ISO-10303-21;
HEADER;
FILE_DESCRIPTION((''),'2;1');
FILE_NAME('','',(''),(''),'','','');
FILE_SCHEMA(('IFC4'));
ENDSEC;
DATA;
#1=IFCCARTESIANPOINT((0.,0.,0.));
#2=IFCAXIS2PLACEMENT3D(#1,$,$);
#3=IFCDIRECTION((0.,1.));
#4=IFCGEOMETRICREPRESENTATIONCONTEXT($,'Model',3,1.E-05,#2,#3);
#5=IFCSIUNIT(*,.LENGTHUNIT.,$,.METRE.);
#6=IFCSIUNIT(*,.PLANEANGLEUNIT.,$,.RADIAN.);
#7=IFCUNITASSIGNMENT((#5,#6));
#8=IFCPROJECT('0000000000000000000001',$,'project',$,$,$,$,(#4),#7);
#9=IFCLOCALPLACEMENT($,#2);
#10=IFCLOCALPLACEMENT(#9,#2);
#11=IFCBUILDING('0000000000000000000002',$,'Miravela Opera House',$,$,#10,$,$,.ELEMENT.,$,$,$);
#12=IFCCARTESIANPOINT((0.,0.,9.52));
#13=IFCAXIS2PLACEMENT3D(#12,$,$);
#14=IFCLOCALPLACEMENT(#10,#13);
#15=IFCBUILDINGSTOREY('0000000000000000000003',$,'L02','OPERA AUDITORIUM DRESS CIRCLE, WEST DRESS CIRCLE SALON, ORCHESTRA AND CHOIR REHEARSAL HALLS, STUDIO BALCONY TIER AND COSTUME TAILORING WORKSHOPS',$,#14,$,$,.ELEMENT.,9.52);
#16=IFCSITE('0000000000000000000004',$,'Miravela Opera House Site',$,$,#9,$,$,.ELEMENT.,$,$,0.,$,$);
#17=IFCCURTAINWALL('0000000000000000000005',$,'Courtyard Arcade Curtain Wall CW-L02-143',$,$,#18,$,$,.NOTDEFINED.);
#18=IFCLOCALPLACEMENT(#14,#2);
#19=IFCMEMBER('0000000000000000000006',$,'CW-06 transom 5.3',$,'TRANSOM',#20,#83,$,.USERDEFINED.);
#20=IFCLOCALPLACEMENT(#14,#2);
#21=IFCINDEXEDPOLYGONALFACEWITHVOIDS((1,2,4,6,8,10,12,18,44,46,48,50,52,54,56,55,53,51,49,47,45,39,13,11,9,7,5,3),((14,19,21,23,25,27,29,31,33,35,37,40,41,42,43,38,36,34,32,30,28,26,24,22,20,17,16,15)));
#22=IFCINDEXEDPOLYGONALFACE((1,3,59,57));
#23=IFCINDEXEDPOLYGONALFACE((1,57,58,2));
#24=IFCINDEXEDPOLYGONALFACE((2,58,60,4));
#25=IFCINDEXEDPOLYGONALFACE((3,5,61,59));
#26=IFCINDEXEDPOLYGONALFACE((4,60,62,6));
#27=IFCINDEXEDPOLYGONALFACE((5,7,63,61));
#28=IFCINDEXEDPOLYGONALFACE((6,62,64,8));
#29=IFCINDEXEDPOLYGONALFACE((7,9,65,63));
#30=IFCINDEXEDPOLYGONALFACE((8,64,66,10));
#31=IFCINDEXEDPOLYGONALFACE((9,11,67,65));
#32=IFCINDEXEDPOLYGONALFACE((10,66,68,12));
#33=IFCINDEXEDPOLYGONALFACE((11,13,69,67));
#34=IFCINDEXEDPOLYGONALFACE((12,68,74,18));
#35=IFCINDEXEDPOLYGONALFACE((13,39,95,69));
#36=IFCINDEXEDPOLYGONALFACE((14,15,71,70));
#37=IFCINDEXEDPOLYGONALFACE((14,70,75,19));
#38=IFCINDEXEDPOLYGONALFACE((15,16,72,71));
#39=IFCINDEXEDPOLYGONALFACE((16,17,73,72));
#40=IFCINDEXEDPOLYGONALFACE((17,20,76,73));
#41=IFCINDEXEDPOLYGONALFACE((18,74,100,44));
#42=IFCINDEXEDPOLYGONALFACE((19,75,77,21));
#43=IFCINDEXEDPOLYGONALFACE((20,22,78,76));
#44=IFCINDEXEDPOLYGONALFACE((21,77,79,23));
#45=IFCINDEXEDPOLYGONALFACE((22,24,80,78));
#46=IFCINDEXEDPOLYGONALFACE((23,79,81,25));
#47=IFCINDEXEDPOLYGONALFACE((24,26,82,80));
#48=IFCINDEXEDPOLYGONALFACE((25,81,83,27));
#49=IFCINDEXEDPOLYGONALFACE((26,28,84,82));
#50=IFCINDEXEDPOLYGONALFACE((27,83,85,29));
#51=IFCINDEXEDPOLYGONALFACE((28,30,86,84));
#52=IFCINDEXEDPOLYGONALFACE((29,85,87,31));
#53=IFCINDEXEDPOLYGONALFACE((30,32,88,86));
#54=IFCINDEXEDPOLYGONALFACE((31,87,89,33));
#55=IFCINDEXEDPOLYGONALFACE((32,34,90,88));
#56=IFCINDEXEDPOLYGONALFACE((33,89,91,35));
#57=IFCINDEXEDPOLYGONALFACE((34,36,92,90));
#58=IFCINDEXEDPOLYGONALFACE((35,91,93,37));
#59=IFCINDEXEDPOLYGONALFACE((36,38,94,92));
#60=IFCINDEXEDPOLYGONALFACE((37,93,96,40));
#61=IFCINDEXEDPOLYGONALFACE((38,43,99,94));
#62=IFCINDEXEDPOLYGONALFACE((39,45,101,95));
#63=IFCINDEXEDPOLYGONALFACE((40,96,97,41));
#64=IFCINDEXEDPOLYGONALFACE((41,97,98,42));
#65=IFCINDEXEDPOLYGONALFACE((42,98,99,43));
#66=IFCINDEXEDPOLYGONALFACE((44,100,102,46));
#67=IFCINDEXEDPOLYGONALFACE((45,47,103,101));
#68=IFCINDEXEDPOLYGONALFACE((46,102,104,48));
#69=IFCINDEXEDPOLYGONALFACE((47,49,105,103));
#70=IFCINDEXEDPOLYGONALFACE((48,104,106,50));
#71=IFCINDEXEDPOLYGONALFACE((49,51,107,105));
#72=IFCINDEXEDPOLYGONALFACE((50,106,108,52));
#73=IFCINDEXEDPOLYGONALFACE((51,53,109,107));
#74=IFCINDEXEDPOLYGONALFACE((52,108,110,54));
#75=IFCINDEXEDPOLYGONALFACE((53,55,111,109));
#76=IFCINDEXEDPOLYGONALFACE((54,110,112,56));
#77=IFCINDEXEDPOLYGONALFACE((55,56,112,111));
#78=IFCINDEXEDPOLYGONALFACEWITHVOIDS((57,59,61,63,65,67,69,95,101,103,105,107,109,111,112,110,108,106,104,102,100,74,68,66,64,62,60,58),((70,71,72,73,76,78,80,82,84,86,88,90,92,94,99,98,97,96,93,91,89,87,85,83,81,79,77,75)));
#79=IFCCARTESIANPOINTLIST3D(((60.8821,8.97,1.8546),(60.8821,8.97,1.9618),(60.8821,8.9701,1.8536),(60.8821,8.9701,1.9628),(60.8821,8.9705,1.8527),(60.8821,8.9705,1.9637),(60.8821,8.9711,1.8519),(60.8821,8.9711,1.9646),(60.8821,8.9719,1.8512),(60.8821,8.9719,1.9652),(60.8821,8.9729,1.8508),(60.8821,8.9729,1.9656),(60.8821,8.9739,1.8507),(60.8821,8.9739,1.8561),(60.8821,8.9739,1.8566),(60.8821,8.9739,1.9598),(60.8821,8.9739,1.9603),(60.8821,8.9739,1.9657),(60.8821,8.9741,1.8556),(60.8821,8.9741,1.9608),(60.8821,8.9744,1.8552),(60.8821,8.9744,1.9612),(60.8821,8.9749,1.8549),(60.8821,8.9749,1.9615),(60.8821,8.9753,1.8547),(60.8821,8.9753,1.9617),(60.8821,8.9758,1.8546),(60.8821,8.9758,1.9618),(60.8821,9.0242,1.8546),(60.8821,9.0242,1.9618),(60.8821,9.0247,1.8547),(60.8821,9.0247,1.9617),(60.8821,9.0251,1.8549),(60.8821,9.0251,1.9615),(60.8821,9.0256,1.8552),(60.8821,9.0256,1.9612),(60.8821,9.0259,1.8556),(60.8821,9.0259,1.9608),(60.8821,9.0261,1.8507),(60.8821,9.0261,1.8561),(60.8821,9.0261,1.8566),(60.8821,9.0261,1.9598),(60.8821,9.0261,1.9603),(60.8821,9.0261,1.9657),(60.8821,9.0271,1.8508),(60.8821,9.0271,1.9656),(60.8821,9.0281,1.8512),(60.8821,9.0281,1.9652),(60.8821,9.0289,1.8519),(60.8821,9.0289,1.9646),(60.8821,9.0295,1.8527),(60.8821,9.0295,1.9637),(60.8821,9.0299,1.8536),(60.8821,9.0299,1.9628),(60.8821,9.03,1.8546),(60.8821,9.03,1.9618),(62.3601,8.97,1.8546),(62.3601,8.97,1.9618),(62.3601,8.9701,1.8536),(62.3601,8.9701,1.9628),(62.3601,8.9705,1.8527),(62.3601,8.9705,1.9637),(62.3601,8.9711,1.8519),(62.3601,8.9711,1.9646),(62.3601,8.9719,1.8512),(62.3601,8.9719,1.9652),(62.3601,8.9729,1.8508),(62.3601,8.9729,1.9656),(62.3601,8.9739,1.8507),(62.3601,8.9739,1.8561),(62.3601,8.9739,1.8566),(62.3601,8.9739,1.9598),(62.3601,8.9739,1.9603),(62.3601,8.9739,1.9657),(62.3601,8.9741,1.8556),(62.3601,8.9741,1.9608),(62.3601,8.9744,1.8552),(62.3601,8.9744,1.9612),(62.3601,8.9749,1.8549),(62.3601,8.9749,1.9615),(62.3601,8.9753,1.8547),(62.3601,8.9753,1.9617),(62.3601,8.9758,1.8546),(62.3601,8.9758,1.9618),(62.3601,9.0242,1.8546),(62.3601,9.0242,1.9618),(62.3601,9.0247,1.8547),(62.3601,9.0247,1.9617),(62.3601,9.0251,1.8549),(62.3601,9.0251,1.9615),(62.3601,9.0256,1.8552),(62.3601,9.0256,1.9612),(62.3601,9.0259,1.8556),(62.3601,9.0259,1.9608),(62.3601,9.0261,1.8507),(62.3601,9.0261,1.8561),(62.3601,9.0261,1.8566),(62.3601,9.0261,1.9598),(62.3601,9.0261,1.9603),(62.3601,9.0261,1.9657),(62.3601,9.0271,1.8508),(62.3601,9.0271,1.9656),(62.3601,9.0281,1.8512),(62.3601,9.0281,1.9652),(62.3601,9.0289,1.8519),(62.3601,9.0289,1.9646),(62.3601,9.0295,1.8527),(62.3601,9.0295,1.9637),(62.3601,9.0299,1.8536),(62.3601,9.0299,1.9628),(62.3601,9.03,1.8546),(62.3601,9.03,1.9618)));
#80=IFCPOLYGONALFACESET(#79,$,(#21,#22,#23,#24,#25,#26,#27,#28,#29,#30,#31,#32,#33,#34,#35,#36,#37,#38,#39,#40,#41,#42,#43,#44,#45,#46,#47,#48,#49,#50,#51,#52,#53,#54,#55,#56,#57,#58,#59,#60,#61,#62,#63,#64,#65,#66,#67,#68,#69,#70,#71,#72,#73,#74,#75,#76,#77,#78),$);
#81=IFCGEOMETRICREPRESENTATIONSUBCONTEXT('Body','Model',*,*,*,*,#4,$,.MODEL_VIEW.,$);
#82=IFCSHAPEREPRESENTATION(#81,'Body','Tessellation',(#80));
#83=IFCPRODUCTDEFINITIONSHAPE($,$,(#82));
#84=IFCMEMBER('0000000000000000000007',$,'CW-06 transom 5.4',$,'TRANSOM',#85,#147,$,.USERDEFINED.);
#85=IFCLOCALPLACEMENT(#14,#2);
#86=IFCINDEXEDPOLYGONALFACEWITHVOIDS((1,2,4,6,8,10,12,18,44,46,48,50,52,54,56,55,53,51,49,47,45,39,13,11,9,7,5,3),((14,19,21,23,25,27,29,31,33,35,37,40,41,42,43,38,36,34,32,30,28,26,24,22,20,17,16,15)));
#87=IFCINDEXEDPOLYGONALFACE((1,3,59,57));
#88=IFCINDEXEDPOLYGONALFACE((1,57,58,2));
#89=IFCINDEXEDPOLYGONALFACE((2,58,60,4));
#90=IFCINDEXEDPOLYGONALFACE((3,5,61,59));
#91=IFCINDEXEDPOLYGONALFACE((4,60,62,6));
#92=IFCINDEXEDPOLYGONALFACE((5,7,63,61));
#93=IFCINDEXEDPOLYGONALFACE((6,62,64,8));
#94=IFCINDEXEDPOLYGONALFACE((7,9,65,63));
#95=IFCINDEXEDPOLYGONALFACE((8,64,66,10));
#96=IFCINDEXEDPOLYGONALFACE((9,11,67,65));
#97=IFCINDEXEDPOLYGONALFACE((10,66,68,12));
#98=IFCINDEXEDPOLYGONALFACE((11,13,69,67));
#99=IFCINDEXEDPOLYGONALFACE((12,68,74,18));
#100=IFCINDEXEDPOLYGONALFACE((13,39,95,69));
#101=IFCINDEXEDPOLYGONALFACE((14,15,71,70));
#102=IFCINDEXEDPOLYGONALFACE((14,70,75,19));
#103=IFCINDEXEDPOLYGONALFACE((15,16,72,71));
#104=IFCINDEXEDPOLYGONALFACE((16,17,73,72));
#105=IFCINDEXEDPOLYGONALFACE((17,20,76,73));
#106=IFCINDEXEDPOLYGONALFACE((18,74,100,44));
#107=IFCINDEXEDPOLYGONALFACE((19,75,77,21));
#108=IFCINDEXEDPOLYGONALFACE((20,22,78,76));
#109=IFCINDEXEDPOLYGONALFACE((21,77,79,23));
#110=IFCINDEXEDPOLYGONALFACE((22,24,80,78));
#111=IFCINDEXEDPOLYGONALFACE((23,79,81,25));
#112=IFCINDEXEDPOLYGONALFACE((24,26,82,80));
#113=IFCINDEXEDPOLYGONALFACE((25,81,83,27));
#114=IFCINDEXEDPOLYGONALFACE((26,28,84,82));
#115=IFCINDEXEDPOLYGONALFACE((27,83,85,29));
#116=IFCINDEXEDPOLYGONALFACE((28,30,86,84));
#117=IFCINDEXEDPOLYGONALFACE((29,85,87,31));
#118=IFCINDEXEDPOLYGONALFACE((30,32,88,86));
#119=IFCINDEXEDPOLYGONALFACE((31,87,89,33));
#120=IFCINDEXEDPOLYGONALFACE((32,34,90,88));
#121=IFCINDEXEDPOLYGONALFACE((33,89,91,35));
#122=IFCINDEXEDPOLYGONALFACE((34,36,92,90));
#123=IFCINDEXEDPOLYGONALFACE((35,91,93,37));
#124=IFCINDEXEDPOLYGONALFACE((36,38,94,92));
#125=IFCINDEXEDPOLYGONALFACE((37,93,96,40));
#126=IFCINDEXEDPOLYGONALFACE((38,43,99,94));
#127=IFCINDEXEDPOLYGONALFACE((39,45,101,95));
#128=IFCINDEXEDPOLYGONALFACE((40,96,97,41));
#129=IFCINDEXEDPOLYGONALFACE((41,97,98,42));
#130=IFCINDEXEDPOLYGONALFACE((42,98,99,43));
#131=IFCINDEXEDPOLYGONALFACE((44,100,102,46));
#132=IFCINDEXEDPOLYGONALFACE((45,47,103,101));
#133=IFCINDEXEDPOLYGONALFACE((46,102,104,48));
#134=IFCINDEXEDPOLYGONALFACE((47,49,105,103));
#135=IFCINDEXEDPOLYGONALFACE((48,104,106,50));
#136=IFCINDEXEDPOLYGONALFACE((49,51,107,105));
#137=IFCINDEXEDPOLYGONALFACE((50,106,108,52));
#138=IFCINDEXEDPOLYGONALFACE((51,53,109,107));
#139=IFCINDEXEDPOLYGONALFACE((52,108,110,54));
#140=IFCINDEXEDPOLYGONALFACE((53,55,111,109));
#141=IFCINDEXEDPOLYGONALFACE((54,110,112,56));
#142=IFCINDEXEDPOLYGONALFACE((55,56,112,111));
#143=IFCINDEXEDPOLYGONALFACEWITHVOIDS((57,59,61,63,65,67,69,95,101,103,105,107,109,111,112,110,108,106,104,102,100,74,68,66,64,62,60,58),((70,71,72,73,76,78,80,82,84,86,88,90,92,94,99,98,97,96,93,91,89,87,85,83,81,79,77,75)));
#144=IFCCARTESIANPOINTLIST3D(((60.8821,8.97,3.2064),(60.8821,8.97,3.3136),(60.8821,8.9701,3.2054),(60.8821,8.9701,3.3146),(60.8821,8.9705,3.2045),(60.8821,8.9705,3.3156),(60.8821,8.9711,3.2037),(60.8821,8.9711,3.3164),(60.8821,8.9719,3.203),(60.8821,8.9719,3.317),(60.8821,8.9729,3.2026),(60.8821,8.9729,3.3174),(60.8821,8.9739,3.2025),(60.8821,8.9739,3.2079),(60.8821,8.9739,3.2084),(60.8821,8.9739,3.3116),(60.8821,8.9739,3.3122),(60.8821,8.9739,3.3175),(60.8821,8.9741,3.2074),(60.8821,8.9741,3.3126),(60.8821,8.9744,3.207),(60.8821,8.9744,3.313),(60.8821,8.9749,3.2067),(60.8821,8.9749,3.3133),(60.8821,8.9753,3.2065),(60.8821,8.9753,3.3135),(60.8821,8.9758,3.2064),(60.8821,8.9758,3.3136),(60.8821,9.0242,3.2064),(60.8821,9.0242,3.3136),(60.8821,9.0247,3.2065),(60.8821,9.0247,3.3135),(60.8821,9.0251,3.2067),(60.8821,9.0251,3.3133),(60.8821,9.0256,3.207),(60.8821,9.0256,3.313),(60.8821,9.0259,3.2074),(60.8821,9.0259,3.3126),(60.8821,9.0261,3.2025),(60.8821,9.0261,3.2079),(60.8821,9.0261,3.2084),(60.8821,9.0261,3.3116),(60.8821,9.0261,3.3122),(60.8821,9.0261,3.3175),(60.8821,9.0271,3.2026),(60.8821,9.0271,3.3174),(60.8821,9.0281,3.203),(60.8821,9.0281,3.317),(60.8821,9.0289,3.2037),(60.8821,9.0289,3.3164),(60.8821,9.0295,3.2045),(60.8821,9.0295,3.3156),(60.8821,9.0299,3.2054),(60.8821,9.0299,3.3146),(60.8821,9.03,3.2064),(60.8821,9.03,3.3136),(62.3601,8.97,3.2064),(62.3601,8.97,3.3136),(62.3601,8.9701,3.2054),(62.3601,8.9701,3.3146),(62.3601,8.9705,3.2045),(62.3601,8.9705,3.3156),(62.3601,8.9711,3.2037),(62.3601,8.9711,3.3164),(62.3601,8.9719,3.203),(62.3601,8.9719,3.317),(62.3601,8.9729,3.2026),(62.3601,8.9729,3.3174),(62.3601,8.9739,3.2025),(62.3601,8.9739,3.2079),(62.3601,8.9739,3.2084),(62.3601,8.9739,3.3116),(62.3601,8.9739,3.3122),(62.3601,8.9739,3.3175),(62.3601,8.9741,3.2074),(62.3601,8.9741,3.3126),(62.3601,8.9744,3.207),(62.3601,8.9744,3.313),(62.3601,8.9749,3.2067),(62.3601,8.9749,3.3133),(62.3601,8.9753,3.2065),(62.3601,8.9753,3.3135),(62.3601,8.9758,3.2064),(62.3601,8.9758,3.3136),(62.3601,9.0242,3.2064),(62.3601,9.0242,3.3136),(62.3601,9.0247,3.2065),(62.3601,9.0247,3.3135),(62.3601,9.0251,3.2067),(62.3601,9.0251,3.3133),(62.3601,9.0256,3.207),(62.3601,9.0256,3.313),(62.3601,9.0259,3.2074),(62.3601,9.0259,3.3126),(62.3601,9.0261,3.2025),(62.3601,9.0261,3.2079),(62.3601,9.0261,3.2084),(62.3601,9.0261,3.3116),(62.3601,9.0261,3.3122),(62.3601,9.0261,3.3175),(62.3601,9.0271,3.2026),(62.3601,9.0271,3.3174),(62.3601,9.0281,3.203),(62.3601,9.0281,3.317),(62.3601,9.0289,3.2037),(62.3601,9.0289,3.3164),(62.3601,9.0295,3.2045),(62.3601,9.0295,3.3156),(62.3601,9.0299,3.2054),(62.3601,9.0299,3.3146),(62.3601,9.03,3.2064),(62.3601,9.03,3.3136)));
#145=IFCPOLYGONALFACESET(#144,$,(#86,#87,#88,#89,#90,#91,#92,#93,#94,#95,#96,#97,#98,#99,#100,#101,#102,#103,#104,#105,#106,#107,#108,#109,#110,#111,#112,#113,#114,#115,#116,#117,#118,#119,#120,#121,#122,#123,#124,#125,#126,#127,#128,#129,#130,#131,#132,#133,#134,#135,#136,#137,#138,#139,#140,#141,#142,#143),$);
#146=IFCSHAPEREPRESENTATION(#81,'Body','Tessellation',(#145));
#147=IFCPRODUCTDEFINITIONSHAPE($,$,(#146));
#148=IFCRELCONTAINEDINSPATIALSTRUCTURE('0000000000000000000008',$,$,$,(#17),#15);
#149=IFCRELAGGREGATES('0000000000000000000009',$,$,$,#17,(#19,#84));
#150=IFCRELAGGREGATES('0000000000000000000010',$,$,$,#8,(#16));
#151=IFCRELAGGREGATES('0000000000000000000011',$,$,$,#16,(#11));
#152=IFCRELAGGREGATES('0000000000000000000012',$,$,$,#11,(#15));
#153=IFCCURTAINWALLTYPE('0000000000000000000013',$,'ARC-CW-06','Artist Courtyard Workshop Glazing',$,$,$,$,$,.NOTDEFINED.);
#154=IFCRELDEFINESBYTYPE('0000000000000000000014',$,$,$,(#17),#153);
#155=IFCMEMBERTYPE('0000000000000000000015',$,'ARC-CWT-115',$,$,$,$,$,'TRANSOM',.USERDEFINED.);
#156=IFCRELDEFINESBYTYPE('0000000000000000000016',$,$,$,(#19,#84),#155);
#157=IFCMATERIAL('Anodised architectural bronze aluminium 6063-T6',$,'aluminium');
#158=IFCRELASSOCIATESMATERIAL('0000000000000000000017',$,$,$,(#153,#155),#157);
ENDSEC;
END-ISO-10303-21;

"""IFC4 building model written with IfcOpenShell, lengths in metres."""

from ifc_helpers import new_model, si_unit, direction, frame, origin, origin_2d, place, context, subcontext, project, spatial, hollow_rectangle, extrude, material, material_profile, profile_set, type_object, element, aggregate, save


model = new_model("IFC4")

# Units and contexts
model_context = context("Model", 3, precision=1e-05, world=origin(), true_north=direction((0.0, 1.0)))
body_context = subcontext(model_context, "Body", "Model", "MODEL_VIEW")
ifc_project = project(units=[si_unit("LENGTHUNIT", "METRE"), si_unit("PLANEANGLEUNIT", "RADIAN")], contexts=[model_context])

# Site, building, storey
site_placement = place(None, origin())
site = spatial("IfcSite", under=ifc_project, at=site_placement, Name="Miravela Opera House Site", CompositionType="ELEMENT", RefElevation=0.0)
building_placement = place(site_placement, origin())
building = spatial("IfcBuilding", under=site, at=building_placement, Name="Miravela Opera House", CompositionType="ELEMENT")
storey_placement = place(building_placement, frame((0.0, 0.0, 9.52)))
storey = spatial("IfcBuildingStorey", under=building, at=storey_placement, Name="L02", Description="OPERA AUDITORIUM DRESS CIRCLE, WEST DRESS CIRCLE SALON, ORCHESTRA AND CHOIR REHEARSAL HALLS, STUDIO BALCONY TIER AND COSTUME TAILORING WORKSHOPS", CompositionType="ELEMENT", Elevation=9.52)

# Curtain wall
ifc_material_1 = material(Name="Anodised architectural bronze aluminium 6063-T6", Category="aluminium")
curtain_wall_type = type_object("IfcCurtainWallType", Name="ARC-CW-06", Description="Artist Courtyard Workshop Glazing", PredefinedType="NOTDEFINED", material=ifc_material_1)
curtain_wall_1_placement = place(storey_placement, origin())
curtain_wall_1 = element("IfcCurtainWall", 1, at=curtain_wall_1_placement, inside=storey, type_object=curtain_wall_type, Name="Courtyard Arcade Curtain Wall CW-L02-143", PredefinedType="NOTDEFINED")

# Members
ifc_material_profile_1 = material_profile(ifc_material_1, hollow_rectangle(XDim=0.0601, YDim=0.115, WallThickness=0.0039, InnerFilletRadius=0.002, OuterFilletRadius=0.0039, at=origin_2d()), Name="CWT-60X115")
ifc_profile_set_1 = profile_set([ifc_material_profile_1])
member_type_1 = type_object("IfcMemberType", Name="ARC-CWT-115", ElementType="TRANSOM", PredefinedType="USERDEFINED", material=ifc_profile_set_1)
member_1_placement = place(storey_placement, frame((60.8821, 9.0, 1.9082), z_axis=(1.0, 0.0, 0.0), x_axis=(0.0, 1.0, 0.0)))
member_1 = element("IfcMember", 2, at=member_1_placement, type_object=member_type_1, Name="CW-06 transom 5.3", ObjectType="TRANSOM", PredefinedType="USERDEFINED", context=body_context, shape_type="SweptSolid", body=[
    extrude(hollow_rectangle(XDim=0.0601, YDim=0.115, WallThickness=0.0039, InnerFilletRadius=0.002, OuterFilletRadius=0.0039, at=origin_2d()), origin(), (0.0, 0.0, 1.0), 1.478),
])
member_2_placement = place(storey_placement, frame((60.8821, 9.0, 3.26), z_axis=(1.0, 0.0, 0.0), x_axis=(0.0, 1.0, 0.0)))
member_2 = element("IfcMember", 3, at=member_2_placement, type_object=member_type_1, Name="CW-06 transom 5.4", ObjectType="TRANSOM", PredefinedType="USERDEFINED", context=body_context, shape_type="SweptSolid", body=[
    extrude(hollow_rectangle(XDim=0.0601, YDim=0.115, WallThickness=0.0039, InnerFilletRadius=0.002, OuterFilletRadius=0.0039, at=origin_2d()), origin(), (0.0, 0.0, 1.0), 1.478),
])

aggregate(curtain_wall_1, [member_1, member_2])

save(model, "model.ifc")
